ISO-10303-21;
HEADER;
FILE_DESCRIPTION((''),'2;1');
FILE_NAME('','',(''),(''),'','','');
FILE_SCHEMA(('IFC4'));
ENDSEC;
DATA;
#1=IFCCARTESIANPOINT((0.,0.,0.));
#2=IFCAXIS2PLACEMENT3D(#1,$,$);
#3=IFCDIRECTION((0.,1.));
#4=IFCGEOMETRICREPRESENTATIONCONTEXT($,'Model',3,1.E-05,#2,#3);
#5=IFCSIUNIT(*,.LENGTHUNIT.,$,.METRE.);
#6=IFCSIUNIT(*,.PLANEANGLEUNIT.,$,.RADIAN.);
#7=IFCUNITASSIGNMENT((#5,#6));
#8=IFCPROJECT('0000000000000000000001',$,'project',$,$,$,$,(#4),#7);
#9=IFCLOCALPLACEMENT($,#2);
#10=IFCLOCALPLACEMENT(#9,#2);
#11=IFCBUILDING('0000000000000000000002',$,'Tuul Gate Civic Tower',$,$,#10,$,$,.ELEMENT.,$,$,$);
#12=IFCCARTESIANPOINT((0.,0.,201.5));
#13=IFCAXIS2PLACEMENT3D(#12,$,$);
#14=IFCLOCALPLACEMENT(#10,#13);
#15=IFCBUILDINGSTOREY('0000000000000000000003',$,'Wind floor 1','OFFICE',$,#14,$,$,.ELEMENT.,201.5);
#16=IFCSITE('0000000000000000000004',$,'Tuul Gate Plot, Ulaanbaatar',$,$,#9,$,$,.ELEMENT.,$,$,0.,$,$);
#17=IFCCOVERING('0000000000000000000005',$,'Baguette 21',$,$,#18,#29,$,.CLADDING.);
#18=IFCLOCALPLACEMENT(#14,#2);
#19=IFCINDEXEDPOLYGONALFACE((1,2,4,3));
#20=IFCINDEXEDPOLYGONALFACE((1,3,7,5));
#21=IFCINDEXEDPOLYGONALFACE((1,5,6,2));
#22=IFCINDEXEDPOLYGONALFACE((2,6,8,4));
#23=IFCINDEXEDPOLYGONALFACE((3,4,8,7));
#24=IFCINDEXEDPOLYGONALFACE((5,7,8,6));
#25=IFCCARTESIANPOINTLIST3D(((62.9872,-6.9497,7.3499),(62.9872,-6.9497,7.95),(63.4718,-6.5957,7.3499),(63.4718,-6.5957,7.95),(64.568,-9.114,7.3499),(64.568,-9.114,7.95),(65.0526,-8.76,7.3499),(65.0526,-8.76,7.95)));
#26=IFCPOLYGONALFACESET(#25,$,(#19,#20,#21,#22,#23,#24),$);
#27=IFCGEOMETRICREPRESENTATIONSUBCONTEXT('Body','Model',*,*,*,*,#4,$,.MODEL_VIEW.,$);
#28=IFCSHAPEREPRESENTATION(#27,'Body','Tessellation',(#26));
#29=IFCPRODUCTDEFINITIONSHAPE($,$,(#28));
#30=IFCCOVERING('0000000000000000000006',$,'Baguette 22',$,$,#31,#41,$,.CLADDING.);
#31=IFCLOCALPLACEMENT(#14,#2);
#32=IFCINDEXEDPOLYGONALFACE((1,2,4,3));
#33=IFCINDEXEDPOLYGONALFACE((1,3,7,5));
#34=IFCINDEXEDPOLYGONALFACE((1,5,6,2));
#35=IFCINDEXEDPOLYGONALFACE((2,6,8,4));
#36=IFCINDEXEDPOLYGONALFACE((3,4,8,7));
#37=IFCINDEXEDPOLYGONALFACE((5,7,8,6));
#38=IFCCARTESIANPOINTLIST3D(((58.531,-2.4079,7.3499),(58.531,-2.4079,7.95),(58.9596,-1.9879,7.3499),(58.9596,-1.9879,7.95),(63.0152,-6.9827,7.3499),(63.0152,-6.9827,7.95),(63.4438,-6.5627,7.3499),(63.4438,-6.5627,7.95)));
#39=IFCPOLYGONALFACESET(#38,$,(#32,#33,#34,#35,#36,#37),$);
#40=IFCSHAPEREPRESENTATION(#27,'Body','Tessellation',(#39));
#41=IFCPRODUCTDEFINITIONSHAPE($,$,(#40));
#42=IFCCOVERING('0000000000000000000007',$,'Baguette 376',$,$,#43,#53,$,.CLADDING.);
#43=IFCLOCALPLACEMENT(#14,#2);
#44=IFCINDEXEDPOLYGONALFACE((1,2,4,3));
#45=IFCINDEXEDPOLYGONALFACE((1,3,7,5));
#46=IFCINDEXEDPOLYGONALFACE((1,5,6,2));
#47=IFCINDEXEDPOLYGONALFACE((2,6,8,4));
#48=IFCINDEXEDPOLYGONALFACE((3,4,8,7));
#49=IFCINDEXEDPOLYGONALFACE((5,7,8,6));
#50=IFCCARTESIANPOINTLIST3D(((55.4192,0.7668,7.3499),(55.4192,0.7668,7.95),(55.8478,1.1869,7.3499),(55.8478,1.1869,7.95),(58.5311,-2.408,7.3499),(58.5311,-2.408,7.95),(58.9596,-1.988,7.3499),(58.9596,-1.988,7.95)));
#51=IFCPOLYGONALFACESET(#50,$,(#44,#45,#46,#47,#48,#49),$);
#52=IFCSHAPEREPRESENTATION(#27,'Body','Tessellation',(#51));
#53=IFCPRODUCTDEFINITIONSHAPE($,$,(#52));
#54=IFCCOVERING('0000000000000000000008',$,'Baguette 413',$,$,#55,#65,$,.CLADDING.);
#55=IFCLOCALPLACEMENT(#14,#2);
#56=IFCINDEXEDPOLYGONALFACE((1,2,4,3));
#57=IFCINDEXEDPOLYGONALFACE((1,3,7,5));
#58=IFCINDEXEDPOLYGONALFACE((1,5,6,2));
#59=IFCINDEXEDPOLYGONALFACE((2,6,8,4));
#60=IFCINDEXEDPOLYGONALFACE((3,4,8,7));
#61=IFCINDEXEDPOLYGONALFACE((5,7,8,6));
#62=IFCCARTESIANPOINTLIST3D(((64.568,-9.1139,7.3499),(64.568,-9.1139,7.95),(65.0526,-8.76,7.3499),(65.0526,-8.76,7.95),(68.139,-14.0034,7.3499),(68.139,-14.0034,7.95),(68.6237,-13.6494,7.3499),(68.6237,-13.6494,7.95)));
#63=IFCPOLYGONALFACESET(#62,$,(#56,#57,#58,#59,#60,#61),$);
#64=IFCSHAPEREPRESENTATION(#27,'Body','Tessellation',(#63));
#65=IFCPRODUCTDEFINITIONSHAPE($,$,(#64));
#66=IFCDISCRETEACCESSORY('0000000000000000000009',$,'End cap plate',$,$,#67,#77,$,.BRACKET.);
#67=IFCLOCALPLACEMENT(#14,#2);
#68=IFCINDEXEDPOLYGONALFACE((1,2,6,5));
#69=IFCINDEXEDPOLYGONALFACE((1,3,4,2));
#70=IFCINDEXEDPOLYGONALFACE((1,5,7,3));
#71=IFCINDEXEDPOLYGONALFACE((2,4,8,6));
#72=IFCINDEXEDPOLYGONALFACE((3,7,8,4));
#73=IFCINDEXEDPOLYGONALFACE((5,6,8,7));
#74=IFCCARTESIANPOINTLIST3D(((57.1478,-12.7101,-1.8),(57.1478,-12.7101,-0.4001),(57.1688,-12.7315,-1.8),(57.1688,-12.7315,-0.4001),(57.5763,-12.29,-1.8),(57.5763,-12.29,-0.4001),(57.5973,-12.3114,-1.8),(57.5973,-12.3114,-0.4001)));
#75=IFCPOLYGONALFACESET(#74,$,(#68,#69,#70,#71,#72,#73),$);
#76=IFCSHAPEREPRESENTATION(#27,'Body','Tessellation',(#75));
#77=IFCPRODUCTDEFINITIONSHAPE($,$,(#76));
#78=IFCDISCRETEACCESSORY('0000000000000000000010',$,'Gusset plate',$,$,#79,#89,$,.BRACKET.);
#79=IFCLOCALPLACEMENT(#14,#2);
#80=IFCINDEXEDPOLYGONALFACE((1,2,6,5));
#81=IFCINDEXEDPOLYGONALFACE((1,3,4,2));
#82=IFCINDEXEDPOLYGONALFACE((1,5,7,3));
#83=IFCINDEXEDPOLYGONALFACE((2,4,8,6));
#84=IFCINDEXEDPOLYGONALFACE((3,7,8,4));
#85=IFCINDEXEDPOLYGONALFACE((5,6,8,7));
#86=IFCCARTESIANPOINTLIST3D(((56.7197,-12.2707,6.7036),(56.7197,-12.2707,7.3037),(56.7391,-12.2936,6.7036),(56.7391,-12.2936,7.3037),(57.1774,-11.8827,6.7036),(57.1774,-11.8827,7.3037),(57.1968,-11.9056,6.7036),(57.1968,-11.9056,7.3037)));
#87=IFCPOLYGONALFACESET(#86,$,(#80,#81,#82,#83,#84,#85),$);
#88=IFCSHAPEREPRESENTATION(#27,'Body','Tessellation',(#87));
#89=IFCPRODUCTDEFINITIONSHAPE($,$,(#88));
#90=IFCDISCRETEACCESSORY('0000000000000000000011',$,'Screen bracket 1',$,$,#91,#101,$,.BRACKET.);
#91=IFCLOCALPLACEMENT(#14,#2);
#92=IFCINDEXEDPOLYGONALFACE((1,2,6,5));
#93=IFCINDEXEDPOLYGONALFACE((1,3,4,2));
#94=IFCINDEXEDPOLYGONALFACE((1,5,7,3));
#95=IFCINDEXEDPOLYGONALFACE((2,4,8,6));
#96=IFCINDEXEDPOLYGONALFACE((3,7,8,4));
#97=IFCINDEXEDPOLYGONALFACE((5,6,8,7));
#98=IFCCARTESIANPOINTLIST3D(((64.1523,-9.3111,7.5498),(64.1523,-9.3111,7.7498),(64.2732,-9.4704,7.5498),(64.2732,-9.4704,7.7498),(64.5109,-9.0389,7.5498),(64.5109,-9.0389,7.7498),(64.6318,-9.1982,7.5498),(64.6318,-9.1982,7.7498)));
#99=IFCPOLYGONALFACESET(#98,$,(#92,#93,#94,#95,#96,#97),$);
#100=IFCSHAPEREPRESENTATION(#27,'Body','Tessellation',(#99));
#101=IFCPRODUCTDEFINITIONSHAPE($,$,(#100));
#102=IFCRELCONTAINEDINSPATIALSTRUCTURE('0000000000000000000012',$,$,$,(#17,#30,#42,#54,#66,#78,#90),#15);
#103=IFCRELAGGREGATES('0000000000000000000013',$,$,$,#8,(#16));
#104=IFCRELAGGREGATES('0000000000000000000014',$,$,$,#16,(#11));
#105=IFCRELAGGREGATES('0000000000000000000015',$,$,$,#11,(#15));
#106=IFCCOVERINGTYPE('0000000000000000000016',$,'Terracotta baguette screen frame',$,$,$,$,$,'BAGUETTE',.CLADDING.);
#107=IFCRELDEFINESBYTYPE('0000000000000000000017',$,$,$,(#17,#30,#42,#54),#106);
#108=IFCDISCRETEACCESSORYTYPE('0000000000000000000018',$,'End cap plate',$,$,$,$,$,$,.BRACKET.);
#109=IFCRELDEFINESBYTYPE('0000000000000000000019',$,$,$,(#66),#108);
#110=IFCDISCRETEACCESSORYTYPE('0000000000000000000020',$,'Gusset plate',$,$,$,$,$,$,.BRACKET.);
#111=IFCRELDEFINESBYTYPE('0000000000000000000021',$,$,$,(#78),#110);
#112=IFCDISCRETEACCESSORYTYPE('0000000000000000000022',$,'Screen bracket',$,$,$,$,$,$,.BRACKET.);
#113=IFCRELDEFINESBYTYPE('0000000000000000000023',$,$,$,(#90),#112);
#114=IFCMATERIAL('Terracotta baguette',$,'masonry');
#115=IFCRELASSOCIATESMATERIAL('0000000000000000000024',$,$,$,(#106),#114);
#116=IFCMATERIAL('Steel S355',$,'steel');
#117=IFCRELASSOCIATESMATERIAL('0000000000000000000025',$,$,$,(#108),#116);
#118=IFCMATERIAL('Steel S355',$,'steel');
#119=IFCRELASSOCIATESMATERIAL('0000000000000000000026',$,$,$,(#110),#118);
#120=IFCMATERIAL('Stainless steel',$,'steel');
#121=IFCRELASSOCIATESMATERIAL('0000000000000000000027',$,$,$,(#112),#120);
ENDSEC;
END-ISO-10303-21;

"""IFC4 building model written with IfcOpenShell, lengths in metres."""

from ifc_helpers import new_model, si_unit, direction, frame, origin, origin_2d, place, context, subcontext, project, spatial, rectangle, extrude, material, material_profile, profile_set, type_object, element, save


model = new_model("IFC4")

# Units and contexts
model_context = context("Model", 3, precision=1e-05, world=origin(), true_north=direction((0.0, 1.0)))
body_context = subcontext(model_context, "Body", "Model", "MODEL_VIEW")
ifc_project = project(units=[si_unit("LENGTHUNIT", "METRE"), si_unit("PLANEANGLEUNIT", "RADIAN")], contexts=[model_context])

# Site, building, storey
site_placement = place(None, origin())
site = spatial("IfcSite", under=ifc_project, at=site_placement, Name="Tuul Gate Plot, Ulaanbaatar", CompositionType="ELEMENT", RefElevation=0.0)
building_placement = place(site_placement, origin())
building = spatial("IfcBuilding", under=site, at=building_placement, Name="Tuul Gate Civic Tower", CompositionType="ELEMENT")
storey_placement = place(building_placement, frame((0.0, 0.0, 201.5)))
storey = spatial("IfcBuildingStorey", under=building, at=storey_placement, Name="Wind floor 1", Description="OFFICE", CompositionType="ELEMENT", Elevation=201.5)

# Coverings
ifc_material_1 = material(Name="Terracotta baguette", Category="masonry")
ifc_material_profile_1 = material_profile(ifc_material_1, rectangle(XDim=0.6001, YDim=0.6001, at=origin_2d()), Name="Terracotta baguette screen frame")
ifc_profile_set_1 = profile_set([ifc_material_profile_1], Name="Terracotta baguette")
covering_type = type_object("IfcCoveringType", Name="Terracotta baguette screen frame", ElementType="BAGUETTE", PredefinedType="CLADDING", material=ifc_profile_set_1)
covering_1_placement = place(storey_placement, frame((64.8103, -8.937, 7.6499), z_axis=(-0.589822, 0.807533, 0.0), x_axis=(-0.807533, -0.589822, 0.0)))
element("IfcCovering", 1, at=covering_1_placement, inside=storey, type_object=covering_type, Name="Baguette 21", PredefinedType="CLADDING", context=body_context, shape_type="SweptSolid", body=[
    extrude(rectangle(XDim=0.6001, YDim=0.6001, at=origin_2d()), origin(), (0.0, 0.0, 1.0), 2.6802),
])
covering_2_placement = place(storey_placement, frame((63.2295, -6.7727, 7.6499), z_axis=(-0.700002, 0.714141, 0.0), x_axis=(-0.714141, -0.700002, 0.0)))
element("IfcCovering", 2, at=covering_2_placement, inside=storey, type_object=covering_type, Name="Baguette 22", PredefinedType="CLADDING", context=body_context, shape_type="SweptSolid", body=[
    extrude(rectangle(XDim=0.6001, YDim=0.6001, at=origin_2d()), origin(), (0.0, 0.0, 1.0), 6.406),
])
covering_3_placement = place(storey_placement, frame((58.7454, -2.198, 7.6499), z_axis=(-0.699987, 0.714156, 0.0), x_axis=(-0.714156, -0.699987, 0.0)))
element("IfcCovering", 3, at=covering_3_placement, inside=storey, type_object=covering_type, Name="Baguette 376", PredefinedType="CLADDING", context=body_context, shape_type="SweptSolid", body=[
    extrude(rectangle(XDim=0.6001, YDim=0.6001, at=origin_2d()), origin(), (0.0, 0.0, 1.0), 4.4456),
])
covering_4_placement = place(storey_placement, frame((68.3813, -13.8264, 7.6499), z_axis=(-0.589803, 0.807547, 0.0), x_axis=(-0.807547, -0.589803, 0.0)))
element("IfcCovering", 4, at=covering_4_placement, inside=storey, type_object=covering_type, Name="Baguette 413", PredefinedType="CLADDING", context=body_context, shape_type="SweptSolid", body=[
    extrude(rectangle(XDim=0.6001, YDim=0.6001, at=origin_2d()), origin(), (0.0, 0.0, 1.0), 6.0547),
])

# Discrete accessories
ifc_material_2 = material(Name="Steel S355", Category="steel")
discrete_accessory_type_1 = type_object("IfcDiscreteAccessoryType", Name="End cap plate", PredefinedType="BRACKET", material=ifc_material_2)
discrete_accessory_1_placement = place(storey_placement, frame((57.3726, -12.5107, -1.8), z_axis=(0.0, 0.0, 1.0), x_axis=(-0.700048, 0.714096, 0.0)))
element("IfcDiscreteAccessory", 5, at=discrete_accessory_1_placement, inside=storey, type_object=discrete_accessory_type_1, Name="End cap plate", PredefinedType="BRACKET", context=body_context, shape_type="SweptSolid", body=[
    extrude(rectangle(XDim=0.03, YDim=0.6001, at=origin_2d()), origin(), (0.0, 0.0, 1.0), 1.3999),
])
ifc_material_3 = material(Name="Steel S355", Category="steel")
discrete_accessory_type_2 = type_object("IfcDiscreteAccessoryType", Name="Gusset plate", PredefinedType="BRACKET", material=ifc_material_3)
discrete_accessory_2_placement = place(storey_placement, frame((56.9583, -12.0881, 6.7036), z_axis=(0.0, 0.0, 1.0), x_axis=(0.762825, 0.646605, 0.0)))
element("IfcDiscreteAccessory", 6, at=discrete_accessory_2_placement, inside=storey, type_object=discrete_accessory_type_2, Name="Gusset plate", PredefinedType="BRACKET", context=body_context, shape_type="SweptSolid", body=[
    extrude(rectangle(XDim=0.6001, YDim=0.03, at=origin_2d()), origin(), (0.0, 0.0, 1.0), 0.6001),
])
ifc_material_4 = material(Name="Stainless steel", Category="steel")
discrete_accessory_type_3 = type_object("IfcDiscreteAccessoryType", Name="Screen bracket", PredefinedType="BRACKET", material=ifc_material_4)
discrete_accessory_3_placement = place(storey_placement, frame((64.3921, -9.2546, 7.5498), z_axis=(0.0, 0.0, 1.0), x_axis=(0.796533, 0.604595, 0.0)))
element("IfcDiscreteAccessory", 7, at=discrete_accessory_3_placement, inside=storey, type_object=discrete_accessory_type_3, Name="Screen bracket 1", PredefinedType="BRACKET", context=body_context, shape_type="SweptSolid", body=[
    extrude(rectangle(XDim=0.4502, YDim=0.2, at=origin_2d()), origin(), (0.0, 0.0, 1.0), 0.2),
])

save(model, "model.ifc")
